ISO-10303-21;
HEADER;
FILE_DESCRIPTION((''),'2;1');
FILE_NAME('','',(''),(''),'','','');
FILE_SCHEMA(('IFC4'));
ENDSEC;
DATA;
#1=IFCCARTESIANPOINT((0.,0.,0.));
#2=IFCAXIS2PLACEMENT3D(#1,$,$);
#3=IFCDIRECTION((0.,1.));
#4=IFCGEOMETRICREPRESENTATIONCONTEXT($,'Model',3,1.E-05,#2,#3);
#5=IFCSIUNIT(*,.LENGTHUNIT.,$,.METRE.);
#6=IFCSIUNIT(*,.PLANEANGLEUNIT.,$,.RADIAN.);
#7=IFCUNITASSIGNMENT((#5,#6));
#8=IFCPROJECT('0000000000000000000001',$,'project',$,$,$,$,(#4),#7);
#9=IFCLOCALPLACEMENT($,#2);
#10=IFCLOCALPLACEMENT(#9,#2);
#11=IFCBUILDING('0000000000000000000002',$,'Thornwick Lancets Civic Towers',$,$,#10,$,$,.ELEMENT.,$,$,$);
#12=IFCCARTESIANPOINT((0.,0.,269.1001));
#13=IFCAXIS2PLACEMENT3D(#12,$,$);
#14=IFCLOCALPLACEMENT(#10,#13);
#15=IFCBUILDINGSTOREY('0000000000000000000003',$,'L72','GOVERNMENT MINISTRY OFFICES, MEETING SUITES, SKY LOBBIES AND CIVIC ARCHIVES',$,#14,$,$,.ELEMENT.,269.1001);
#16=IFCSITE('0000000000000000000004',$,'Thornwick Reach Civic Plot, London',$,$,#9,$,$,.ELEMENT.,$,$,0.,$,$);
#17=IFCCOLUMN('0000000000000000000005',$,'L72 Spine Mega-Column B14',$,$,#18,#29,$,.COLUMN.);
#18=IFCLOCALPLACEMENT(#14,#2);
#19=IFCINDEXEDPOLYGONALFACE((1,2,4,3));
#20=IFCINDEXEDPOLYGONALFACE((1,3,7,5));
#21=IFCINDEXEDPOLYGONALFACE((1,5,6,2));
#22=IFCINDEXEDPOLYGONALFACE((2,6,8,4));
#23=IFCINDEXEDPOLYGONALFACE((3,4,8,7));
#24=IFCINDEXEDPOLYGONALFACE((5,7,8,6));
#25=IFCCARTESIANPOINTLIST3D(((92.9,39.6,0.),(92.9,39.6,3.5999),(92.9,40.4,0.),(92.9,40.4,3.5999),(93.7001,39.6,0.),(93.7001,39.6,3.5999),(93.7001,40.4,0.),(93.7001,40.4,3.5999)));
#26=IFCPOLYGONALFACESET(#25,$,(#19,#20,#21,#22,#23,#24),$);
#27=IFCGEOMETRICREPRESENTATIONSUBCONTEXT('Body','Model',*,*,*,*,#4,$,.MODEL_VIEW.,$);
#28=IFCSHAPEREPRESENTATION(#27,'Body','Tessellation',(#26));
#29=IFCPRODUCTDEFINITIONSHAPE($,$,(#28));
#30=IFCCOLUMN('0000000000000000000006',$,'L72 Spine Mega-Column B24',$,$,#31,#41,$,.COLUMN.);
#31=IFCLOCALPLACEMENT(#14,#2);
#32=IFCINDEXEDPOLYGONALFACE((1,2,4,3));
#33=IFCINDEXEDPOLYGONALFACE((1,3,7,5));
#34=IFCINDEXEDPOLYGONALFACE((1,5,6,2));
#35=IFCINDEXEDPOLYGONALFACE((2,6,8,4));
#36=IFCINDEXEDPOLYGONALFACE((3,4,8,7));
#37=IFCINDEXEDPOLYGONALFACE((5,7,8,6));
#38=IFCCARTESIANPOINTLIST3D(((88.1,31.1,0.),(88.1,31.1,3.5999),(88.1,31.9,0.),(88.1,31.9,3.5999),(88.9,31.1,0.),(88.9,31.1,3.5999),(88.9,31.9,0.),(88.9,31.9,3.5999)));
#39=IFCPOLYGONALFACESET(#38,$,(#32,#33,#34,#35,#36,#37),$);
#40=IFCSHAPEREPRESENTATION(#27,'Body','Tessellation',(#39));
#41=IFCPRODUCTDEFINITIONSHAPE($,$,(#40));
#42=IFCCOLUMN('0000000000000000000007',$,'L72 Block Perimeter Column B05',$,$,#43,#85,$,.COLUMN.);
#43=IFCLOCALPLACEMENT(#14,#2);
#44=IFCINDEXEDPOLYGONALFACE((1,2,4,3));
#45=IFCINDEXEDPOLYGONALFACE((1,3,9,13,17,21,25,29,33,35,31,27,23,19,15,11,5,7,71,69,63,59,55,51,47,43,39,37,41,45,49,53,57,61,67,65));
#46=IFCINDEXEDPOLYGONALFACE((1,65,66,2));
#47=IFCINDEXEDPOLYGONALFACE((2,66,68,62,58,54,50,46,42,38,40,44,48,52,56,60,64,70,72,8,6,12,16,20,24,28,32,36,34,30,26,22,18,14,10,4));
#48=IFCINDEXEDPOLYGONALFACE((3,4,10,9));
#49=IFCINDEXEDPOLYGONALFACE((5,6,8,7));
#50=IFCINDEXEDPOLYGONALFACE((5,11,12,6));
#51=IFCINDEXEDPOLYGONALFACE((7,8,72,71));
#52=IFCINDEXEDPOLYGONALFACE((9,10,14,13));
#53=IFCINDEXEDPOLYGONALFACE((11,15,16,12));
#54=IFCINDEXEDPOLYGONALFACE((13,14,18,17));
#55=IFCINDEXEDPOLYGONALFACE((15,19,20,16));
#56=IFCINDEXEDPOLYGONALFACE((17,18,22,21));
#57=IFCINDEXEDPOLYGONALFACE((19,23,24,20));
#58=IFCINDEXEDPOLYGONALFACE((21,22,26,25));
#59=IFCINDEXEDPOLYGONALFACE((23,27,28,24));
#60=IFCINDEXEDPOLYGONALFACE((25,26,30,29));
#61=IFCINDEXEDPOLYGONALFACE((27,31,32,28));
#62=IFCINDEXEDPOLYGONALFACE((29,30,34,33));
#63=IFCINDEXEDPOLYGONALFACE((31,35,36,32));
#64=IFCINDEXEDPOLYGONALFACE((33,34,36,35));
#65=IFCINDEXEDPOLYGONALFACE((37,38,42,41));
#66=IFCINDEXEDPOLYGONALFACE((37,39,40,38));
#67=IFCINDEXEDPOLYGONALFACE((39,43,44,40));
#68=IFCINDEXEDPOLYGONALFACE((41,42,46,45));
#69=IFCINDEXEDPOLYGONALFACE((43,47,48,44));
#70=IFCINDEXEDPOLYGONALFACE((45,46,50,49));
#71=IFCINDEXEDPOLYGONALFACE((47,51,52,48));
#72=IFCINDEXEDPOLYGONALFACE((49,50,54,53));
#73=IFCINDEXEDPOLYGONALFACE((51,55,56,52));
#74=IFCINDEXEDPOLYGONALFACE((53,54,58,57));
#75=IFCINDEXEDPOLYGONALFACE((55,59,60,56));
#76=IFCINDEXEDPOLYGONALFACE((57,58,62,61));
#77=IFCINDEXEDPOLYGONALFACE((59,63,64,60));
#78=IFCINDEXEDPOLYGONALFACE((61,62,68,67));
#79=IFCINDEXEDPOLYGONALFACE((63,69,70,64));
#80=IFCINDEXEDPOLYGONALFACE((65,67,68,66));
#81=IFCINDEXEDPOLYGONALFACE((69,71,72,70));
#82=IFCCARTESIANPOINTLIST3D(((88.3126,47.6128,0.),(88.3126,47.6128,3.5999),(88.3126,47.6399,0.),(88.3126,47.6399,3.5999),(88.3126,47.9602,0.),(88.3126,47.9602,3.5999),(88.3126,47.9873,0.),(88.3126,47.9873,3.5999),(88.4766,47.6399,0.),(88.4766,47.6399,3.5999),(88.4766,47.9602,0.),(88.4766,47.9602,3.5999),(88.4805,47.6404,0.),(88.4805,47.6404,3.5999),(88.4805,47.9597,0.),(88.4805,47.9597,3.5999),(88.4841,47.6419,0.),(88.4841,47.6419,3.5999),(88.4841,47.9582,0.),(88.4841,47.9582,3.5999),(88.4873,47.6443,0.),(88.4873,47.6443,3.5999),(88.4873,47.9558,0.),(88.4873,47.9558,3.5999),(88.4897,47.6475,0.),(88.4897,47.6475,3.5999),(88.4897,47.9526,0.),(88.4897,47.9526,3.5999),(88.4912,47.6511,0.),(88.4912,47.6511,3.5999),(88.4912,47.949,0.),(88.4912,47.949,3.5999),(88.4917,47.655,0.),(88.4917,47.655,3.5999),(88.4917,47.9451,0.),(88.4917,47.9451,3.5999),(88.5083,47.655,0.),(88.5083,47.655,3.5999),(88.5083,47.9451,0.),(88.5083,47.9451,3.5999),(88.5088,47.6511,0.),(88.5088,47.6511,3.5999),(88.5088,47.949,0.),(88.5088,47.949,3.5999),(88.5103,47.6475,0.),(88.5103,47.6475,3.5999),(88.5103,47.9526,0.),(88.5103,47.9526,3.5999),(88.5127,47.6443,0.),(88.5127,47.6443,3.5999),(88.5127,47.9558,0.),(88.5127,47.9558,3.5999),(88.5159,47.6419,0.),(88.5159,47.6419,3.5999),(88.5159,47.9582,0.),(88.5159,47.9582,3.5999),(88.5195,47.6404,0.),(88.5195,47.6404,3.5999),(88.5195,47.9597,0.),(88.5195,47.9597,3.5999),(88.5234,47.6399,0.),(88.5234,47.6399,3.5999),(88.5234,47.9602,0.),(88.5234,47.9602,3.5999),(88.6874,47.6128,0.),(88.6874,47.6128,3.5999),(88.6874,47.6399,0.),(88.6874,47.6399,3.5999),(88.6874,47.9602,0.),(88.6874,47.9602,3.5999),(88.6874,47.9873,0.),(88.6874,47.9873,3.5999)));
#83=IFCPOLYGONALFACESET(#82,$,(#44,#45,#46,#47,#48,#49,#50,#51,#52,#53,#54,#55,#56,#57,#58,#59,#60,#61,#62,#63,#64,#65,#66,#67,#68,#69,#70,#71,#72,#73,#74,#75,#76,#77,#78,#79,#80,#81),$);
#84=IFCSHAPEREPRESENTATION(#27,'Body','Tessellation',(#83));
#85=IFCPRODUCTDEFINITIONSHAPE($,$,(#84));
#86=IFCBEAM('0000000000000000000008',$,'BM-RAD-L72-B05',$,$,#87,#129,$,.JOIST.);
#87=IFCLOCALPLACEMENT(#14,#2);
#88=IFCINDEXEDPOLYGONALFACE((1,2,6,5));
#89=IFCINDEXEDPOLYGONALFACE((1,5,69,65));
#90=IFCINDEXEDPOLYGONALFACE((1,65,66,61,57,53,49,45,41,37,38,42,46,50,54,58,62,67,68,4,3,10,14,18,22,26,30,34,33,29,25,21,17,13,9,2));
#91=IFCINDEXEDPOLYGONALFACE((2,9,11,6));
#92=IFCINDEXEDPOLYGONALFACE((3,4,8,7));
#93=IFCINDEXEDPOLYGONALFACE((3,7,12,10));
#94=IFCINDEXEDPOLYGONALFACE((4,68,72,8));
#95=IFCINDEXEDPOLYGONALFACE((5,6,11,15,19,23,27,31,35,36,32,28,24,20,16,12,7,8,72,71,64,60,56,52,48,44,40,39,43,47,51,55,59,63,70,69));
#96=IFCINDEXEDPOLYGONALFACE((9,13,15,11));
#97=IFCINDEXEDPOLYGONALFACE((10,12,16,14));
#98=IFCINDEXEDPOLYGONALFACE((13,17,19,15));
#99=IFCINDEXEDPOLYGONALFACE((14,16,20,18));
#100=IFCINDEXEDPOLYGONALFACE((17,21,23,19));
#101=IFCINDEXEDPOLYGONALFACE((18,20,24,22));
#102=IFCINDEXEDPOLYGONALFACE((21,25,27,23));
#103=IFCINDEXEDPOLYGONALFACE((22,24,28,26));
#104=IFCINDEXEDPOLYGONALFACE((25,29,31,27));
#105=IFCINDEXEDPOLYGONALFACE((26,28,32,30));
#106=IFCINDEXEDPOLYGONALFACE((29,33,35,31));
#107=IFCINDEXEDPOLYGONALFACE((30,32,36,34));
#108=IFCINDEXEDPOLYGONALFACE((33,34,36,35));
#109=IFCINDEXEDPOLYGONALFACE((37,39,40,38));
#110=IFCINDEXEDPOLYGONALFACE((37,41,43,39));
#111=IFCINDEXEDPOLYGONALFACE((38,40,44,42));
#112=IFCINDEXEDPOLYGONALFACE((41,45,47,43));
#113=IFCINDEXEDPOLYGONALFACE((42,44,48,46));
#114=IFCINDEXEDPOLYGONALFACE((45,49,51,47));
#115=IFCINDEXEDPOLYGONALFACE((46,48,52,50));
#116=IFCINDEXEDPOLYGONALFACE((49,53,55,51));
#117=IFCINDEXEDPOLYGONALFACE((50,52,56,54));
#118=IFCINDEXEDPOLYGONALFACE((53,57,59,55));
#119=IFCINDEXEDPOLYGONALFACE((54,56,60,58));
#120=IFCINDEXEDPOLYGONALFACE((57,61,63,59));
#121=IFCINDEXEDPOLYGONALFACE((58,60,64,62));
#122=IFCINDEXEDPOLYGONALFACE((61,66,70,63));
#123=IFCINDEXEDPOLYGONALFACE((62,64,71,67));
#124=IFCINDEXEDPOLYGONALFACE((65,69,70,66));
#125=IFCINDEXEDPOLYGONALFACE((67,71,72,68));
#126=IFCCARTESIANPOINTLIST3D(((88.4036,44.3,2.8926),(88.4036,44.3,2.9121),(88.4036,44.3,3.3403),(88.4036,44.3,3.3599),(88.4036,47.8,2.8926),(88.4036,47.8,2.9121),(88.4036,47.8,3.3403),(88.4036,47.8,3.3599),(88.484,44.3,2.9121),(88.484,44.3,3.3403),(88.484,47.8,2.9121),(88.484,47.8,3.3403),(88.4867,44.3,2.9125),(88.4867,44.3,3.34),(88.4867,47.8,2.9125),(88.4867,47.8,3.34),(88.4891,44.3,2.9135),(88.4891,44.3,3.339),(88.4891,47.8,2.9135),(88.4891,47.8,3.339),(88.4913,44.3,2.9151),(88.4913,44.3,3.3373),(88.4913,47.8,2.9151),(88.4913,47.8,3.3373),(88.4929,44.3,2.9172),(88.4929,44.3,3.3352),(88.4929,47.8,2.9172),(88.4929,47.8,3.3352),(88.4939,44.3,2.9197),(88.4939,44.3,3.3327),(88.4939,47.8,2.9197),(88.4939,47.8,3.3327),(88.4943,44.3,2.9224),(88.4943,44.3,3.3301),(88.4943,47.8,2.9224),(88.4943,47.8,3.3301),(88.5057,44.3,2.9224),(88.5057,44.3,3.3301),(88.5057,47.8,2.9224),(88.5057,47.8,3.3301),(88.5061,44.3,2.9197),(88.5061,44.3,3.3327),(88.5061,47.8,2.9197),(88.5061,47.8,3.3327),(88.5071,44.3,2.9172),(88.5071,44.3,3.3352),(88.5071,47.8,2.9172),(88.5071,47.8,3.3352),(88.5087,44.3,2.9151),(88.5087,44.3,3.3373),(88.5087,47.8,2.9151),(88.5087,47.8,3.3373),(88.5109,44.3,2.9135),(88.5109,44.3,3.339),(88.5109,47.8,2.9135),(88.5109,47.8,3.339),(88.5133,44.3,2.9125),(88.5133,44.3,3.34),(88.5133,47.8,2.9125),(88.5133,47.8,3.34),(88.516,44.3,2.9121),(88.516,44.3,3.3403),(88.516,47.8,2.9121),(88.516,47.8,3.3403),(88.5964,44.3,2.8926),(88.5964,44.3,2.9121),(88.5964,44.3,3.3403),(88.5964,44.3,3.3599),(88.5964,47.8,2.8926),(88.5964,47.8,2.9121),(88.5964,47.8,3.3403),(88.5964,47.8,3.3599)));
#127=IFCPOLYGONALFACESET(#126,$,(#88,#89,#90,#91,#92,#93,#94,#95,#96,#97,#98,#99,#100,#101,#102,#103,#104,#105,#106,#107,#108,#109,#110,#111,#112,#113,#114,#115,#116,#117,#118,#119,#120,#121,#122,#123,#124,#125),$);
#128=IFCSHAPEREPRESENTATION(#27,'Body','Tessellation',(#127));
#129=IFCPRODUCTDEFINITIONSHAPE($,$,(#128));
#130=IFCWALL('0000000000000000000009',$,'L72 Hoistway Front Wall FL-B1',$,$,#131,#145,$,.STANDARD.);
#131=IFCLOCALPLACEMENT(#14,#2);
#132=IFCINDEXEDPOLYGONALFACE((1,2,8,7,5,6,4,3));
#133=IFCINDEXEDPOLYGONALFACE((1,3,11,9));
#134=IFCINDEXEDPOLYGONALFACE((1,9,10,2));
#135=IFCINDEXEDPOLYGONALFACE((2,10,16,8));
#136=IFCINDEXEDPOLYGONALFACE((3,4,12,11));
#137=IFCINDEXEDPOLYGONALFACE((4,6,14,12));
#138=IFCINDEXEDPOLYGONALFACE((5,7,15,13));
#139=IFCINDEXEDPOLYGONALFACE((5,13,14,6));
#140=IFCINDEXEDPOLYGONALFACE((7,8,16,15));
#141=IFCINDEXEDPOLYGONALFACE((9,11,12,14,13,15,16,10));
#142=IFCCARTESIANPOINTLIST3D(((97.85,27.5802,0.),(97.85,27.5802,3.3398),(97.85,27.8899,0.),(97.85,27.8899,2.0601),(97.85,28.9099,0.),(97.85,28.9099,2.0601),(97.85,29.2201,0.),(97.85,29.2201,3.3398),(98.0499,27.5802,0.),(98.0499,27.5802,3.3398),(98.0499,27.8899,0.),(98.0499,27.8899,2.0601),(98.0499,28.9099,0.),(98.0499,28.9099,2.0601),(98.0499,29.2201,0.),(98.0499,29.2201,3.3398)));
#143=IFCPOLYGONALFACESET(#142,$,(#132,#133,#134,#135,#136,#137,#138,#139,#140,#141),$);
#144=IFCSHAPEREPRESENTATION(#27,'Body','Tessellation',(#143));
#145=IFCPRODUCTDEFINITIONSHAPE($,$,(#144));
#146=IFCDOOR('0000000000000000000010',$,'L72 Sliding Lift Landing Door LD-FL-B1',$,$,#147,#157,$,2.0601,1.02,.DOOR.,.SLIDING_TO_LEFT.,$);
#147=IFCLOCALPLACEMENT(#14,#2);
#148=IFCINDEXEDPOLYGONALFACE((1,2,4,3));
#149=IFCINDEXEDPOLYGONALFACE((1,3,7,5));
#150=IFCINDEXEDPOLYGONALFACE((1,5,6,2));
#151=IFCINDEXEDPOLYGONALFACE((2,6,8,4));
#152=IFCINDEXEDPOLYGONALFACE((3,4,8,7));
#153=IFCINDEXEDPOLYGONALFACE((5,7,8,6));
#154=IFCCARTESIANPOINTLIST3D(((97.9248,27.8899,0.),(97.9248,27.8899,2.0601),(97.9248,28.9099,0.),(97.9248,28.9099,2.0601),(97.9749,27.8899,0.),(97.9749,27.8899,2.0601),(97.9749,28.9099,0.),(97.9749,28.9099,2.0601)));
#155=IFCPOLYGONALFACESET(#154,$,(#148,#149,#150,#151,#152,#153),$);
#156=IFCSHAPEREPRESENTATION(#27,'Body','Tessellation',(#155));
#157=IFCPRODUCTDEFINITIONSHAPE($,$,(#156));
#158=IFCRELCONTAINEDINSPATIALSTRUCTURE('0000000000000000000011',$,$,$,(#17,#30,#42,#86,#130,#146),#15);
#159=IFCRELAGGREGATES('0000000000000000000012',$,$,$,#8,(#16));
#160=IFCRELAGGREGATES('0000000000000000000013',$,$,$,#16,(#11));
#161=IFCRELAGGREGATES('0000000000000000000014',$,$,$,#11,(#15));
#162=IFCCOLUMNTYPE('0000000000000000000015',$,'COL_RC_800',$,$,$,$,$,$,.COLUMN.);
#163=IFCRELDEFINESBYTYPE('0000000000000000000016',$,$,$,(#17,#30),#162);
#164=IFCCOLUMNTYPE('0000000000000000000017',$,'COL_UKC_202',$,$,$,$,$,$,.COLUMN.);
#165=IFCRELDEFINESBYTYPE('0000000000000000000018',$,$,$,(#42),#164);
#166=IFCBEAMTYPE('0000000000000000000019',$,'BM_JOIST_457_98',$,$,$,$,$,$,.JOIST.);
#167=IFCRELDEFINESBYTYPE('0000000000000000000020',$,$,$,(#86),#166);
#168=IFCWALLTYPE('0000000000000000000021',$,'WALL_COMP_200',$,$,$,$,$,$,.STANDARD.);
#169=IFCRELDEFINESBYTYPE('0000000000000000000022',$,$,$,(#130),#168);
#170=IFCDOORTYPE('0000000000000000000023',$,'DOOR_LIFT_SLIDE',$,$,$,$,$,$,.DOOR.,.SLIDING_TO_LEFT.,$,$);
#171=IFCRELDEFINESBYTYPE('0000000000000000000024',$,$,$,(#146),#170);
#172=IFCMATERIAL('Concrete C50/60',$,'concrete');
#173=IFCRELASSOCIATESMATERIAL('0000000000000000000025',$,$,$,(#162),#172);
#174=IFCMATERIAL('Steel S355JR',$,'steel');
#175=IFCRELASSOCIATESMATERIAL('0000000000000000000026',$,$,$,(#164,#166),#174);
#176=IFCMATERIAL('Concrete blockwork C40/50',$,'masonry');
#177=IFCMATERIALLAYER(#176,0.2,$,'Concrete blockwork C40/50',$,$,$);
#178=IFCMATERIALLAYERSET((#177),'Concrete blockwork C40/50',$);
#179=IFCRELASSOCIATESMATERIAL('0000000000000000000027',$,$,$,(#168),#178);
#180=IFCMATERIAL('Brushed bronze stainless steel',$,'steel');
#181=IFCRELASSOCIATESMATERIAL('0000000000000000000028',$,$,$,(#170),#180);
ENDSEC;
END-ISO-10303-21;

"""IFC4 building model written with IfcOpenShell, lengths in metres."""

from ifc_helpers import new_model, si_unit, direction, frame, frame_2d, origin, origin_2d, place, context, subcontext, project, spatial, rectangle, i_section, extrude, material, layer, layer_set, material_profile, profile_set, type_object, element, fill, save


model = new_model("IFC4")

# Units and contexts
model_context = context("Model", 3, precision=1e-05, world=origin(), true_north=direction((0.0, 1.0)))
body_context = subcontext(model_context, "Body", "Model", "MODEL_VIEW")
ifc_project = project(units=[si_unit("LENGTHUNIT", "METRE"), si_unit("PLANEANGLEUNIT", "RADIAN")], contexts=[model_context])

# Site, building, storey
site_placement = place(None, origin())
site = spatial("IfcSite", under=ifc_project, at=site_placement, Name="Thornwick Reach Civic Plot, London", CompositionType="ELEMENT", RefElevation=0.0)
building_placement = place(site_placement, origin())
building = spatial("IfcBuilding", under=site, at=building_placement, Name="Thornwick Lancets Civic Towers", CompositionType="ELEMENT")
storey_placement = place(building_placement, frame((0.0, 0.0, 269.1001)))
storey = spatial("IfcBuildingStorey", under=building, at=storey_placement, Name="L72", Description="GOVERNMENT MINISTRY OFFICES, MEETING SUITES, SKY LOBBIES AND CIVIC ARCHIVES", CompositionType="ELEMENT", Elevation=269.1001)

# Columns
ifc_material_1 = material(Name="Concrete C50/60", Category="concrete")
ifc_material_profile_1 = material_profile(ifc_material_1, rectangle(XDim=0.8, YDim=0.8, at=origin_2d()), Name="RC 800x800")
ifc_profile_set_1 = profile_set([ifc_material_profile_1], Name="Concrete C50/60")
column_type_1 = type_object("IfcColumnType", Name="COL_RC_800", PredefinedType="COLUMN", material=ifc_profile_set_1)
for number, where, z_axis, x_axis, name in (
    (1, (93.3, 40.0, 0.0), (0.0, 0.0, 1.0), (1.0, 0.0, 0.0), "L72 Spine Mega-Column B14"),
    (2, (88.5, 31.5, 0.0), (0.0, 0.0, 1.0), (1.0, 0.0, 0.0), "L72 Spine Mega-Column B24"),
):
    element("IfcColumn", number, at=place(storey_placement, frame(where, z_axis=z_axis, x_axis=x_axis)), inside=storey, type_object=column_type_1, Name=name, PredefinedType="COLUMN", context=body_context, shape_type="SweptSolid", body=[
        extrude(rectangle(XDim=0.8, YDim=0.8, at=origin_2d()), origin(), (0.0, 0.0, 1.0), 3.5999),
    ])
ifc_material_2 = material(Name="Steel S355JR", Category="steel")
ifc_material_profile_2 = material_profile(ifc_material_2, i_section(OverallWidth=0.3748, OverallDepth=0.3745, WebThickness=0.0166, FlangeThickness=0.0271, FilletRadius=0.0151, at=origin_2d()), Name="UKC 356x368x202")
ifc_profile_set_2 = profile_set([ifc_material_profile_2], Name="Steel S355JR")
column_type_2 = type_object("IfcColumnType", Name="COL_UKC_202", PredefinedType="COLUMN", material=ifc_profile_set_2)
column_placement = place(storey_placement, frame((88.5, 47.8, 0.0), z_axis=(0.0, 0.0, 1.0), x_axis=(1.0, 0.0, 0.0)))
element("IfcColumn", 3, at=column_placement, inside=storey, type_object=column_type_2, Name="L72 Block Perimeter Column B05", PredefinedType="COLUMN", context=body_context, shape_type="SweptSolid", body=[
    extrude(i_section(OverallWidth=0.3748, OverallDepth=0.3745, WebThickness=0.0166, FlangeThickness=0.0271, FilletRadius=0.0151, at=origin_2d()), origin(), (0.0, 0.0, 1.0), 3.5999),
])

# Beam
ifc_material_profile_3 = material_profile(ifc_material_2, i_section(OverallWidth=0.1929, OverallDepth=0.4673, WebThickness=0.0115, FlangeThickness=0.0195, FilletRadius=0.0103, at=origin_2d()), Name="UKB 457x191x98")
ifc_profile_set_3 = profile_set([ifc_material_profile_3], Name="Steel S355JR")
beam_type = type_object("IfcBeamType", Name="BM_JOIST_457_98", PredefinedType="JOIST", material=ifc_profile_set_3)
beam_placement = place(storey_placement, frame((88.5, 44.3, 3.1262), z_axis=(0.0, 1.0, 0.0), x_axis=(-1.0, 0.0, 0.0)))
element("IfcBeam", 4, at=beam_placement, inside=storey, type_object=beam_type, Name="BM-RAD-L72-B05", PredefinedType="JOIST", context=body_context, shape_type="SweptSolid", body=[
    extrude(i_section(OverallWidth=0.1929, OverallDepth=0.4673, WebThickness=0.0115, FlangeThickness=0.0195, FilletRadius=0.0103, at=origin_2d()), origin(), (0.0, 0.0, 1.0), 3.5),
])

# Wall, opening, door
ifc_material_3 = material(Name="Concrete blockwork C40/50", Category="masonry")
ifc_layer_1 = layer(ifc_material_3, 0.2, Name="Concrete blockwork C40/50")
ifc_layer_set_1 = layer_set([ifc_layer_1], Name="Concrete blockwork C40/50")
wall_type_1 = type_object("IfcWallType", Name="WALL_COMP_200", PredefinedType="STANDARD", material=ifc_layer_set_1)
wall_1_placement = place(storey_placement, frame((97.95, 29.22, 0.0), z_axis=(0.0, 0.0, 1.0), x_axis=(0.0, -1.0, 0.0)))
wall_1 = element("IfcWall", 5, at=wall_1_placement, inside=storey, type_object=wall_type_1, Name="L72 Hoistway Front Wall FL-B1", PredefinedType="STANDARD", context=body_context, shape_type="SweptSolid", body=[
    extrude(rectangle(XDim=1.6399, YDim=0.2, at=frame_2d((0.8198, 0.0))), origin(), (0.0, 0.0, 1.0), 3.3398),
])
opening_1_placement = place(wall_1_placement, frame((0.3101, 0.0, 0.0)))
opening_1 = element("IfcOpeningElement", 6, at=opening_1_placement, cuts=wall_1, PredefinedType="OPENING", context=body_context, shape_type="SweptSolid", body=[
    extrude(rectangle(XDim=1.02, YDim=2.0601, at=frame_2d((0.51, 1.03))), frame((0.0, 0.1099, 0.0), z_axis=(0.0, -1.0, 0.0), x_axis=(1.0, 0.0, 0.0)), (0.0, 0.0, 1.0), 0.22),
])
ifc_material_4 = material(Name="Brushed bronze stainless steel", Category="steel")
door_type_1 = type_object("IfcDoorType", Name="DOOR_LIFT_SLIDE", OperationType="SLIDING_TO_LEFT", PredefinedType="DOOR", material=ifc_material_4)
door_1_placement = place(opening_1_placement, origin())
door_1 = element("IfcDoor", 7, at=door_1_placement, inside=storey, type_object=door_type_1, Name="L72 Sliding Lift Landing Door LD-FL-B1", OperationType="SLIDING_TO_LEFT", OverallHeight=2.0601, OverallWidth=1.02, PredefinedType="DOOR", context=body_context, shape_type="SweptSolid", body=[
    extrude(rectangle(XDim=1.02, YDim=2.0601, at=frame_2d((0.51, 1.03))), frame((0.0, 0.0249, 0.0), z_axis=(0.0, -1.0, 0.0), x_axis=(1.0, 0.0, 0.0)), (0.0, 0.0, 1.0), 0.05),
])
fill(opening_1, door_1)

save(model, "model.ifc")
